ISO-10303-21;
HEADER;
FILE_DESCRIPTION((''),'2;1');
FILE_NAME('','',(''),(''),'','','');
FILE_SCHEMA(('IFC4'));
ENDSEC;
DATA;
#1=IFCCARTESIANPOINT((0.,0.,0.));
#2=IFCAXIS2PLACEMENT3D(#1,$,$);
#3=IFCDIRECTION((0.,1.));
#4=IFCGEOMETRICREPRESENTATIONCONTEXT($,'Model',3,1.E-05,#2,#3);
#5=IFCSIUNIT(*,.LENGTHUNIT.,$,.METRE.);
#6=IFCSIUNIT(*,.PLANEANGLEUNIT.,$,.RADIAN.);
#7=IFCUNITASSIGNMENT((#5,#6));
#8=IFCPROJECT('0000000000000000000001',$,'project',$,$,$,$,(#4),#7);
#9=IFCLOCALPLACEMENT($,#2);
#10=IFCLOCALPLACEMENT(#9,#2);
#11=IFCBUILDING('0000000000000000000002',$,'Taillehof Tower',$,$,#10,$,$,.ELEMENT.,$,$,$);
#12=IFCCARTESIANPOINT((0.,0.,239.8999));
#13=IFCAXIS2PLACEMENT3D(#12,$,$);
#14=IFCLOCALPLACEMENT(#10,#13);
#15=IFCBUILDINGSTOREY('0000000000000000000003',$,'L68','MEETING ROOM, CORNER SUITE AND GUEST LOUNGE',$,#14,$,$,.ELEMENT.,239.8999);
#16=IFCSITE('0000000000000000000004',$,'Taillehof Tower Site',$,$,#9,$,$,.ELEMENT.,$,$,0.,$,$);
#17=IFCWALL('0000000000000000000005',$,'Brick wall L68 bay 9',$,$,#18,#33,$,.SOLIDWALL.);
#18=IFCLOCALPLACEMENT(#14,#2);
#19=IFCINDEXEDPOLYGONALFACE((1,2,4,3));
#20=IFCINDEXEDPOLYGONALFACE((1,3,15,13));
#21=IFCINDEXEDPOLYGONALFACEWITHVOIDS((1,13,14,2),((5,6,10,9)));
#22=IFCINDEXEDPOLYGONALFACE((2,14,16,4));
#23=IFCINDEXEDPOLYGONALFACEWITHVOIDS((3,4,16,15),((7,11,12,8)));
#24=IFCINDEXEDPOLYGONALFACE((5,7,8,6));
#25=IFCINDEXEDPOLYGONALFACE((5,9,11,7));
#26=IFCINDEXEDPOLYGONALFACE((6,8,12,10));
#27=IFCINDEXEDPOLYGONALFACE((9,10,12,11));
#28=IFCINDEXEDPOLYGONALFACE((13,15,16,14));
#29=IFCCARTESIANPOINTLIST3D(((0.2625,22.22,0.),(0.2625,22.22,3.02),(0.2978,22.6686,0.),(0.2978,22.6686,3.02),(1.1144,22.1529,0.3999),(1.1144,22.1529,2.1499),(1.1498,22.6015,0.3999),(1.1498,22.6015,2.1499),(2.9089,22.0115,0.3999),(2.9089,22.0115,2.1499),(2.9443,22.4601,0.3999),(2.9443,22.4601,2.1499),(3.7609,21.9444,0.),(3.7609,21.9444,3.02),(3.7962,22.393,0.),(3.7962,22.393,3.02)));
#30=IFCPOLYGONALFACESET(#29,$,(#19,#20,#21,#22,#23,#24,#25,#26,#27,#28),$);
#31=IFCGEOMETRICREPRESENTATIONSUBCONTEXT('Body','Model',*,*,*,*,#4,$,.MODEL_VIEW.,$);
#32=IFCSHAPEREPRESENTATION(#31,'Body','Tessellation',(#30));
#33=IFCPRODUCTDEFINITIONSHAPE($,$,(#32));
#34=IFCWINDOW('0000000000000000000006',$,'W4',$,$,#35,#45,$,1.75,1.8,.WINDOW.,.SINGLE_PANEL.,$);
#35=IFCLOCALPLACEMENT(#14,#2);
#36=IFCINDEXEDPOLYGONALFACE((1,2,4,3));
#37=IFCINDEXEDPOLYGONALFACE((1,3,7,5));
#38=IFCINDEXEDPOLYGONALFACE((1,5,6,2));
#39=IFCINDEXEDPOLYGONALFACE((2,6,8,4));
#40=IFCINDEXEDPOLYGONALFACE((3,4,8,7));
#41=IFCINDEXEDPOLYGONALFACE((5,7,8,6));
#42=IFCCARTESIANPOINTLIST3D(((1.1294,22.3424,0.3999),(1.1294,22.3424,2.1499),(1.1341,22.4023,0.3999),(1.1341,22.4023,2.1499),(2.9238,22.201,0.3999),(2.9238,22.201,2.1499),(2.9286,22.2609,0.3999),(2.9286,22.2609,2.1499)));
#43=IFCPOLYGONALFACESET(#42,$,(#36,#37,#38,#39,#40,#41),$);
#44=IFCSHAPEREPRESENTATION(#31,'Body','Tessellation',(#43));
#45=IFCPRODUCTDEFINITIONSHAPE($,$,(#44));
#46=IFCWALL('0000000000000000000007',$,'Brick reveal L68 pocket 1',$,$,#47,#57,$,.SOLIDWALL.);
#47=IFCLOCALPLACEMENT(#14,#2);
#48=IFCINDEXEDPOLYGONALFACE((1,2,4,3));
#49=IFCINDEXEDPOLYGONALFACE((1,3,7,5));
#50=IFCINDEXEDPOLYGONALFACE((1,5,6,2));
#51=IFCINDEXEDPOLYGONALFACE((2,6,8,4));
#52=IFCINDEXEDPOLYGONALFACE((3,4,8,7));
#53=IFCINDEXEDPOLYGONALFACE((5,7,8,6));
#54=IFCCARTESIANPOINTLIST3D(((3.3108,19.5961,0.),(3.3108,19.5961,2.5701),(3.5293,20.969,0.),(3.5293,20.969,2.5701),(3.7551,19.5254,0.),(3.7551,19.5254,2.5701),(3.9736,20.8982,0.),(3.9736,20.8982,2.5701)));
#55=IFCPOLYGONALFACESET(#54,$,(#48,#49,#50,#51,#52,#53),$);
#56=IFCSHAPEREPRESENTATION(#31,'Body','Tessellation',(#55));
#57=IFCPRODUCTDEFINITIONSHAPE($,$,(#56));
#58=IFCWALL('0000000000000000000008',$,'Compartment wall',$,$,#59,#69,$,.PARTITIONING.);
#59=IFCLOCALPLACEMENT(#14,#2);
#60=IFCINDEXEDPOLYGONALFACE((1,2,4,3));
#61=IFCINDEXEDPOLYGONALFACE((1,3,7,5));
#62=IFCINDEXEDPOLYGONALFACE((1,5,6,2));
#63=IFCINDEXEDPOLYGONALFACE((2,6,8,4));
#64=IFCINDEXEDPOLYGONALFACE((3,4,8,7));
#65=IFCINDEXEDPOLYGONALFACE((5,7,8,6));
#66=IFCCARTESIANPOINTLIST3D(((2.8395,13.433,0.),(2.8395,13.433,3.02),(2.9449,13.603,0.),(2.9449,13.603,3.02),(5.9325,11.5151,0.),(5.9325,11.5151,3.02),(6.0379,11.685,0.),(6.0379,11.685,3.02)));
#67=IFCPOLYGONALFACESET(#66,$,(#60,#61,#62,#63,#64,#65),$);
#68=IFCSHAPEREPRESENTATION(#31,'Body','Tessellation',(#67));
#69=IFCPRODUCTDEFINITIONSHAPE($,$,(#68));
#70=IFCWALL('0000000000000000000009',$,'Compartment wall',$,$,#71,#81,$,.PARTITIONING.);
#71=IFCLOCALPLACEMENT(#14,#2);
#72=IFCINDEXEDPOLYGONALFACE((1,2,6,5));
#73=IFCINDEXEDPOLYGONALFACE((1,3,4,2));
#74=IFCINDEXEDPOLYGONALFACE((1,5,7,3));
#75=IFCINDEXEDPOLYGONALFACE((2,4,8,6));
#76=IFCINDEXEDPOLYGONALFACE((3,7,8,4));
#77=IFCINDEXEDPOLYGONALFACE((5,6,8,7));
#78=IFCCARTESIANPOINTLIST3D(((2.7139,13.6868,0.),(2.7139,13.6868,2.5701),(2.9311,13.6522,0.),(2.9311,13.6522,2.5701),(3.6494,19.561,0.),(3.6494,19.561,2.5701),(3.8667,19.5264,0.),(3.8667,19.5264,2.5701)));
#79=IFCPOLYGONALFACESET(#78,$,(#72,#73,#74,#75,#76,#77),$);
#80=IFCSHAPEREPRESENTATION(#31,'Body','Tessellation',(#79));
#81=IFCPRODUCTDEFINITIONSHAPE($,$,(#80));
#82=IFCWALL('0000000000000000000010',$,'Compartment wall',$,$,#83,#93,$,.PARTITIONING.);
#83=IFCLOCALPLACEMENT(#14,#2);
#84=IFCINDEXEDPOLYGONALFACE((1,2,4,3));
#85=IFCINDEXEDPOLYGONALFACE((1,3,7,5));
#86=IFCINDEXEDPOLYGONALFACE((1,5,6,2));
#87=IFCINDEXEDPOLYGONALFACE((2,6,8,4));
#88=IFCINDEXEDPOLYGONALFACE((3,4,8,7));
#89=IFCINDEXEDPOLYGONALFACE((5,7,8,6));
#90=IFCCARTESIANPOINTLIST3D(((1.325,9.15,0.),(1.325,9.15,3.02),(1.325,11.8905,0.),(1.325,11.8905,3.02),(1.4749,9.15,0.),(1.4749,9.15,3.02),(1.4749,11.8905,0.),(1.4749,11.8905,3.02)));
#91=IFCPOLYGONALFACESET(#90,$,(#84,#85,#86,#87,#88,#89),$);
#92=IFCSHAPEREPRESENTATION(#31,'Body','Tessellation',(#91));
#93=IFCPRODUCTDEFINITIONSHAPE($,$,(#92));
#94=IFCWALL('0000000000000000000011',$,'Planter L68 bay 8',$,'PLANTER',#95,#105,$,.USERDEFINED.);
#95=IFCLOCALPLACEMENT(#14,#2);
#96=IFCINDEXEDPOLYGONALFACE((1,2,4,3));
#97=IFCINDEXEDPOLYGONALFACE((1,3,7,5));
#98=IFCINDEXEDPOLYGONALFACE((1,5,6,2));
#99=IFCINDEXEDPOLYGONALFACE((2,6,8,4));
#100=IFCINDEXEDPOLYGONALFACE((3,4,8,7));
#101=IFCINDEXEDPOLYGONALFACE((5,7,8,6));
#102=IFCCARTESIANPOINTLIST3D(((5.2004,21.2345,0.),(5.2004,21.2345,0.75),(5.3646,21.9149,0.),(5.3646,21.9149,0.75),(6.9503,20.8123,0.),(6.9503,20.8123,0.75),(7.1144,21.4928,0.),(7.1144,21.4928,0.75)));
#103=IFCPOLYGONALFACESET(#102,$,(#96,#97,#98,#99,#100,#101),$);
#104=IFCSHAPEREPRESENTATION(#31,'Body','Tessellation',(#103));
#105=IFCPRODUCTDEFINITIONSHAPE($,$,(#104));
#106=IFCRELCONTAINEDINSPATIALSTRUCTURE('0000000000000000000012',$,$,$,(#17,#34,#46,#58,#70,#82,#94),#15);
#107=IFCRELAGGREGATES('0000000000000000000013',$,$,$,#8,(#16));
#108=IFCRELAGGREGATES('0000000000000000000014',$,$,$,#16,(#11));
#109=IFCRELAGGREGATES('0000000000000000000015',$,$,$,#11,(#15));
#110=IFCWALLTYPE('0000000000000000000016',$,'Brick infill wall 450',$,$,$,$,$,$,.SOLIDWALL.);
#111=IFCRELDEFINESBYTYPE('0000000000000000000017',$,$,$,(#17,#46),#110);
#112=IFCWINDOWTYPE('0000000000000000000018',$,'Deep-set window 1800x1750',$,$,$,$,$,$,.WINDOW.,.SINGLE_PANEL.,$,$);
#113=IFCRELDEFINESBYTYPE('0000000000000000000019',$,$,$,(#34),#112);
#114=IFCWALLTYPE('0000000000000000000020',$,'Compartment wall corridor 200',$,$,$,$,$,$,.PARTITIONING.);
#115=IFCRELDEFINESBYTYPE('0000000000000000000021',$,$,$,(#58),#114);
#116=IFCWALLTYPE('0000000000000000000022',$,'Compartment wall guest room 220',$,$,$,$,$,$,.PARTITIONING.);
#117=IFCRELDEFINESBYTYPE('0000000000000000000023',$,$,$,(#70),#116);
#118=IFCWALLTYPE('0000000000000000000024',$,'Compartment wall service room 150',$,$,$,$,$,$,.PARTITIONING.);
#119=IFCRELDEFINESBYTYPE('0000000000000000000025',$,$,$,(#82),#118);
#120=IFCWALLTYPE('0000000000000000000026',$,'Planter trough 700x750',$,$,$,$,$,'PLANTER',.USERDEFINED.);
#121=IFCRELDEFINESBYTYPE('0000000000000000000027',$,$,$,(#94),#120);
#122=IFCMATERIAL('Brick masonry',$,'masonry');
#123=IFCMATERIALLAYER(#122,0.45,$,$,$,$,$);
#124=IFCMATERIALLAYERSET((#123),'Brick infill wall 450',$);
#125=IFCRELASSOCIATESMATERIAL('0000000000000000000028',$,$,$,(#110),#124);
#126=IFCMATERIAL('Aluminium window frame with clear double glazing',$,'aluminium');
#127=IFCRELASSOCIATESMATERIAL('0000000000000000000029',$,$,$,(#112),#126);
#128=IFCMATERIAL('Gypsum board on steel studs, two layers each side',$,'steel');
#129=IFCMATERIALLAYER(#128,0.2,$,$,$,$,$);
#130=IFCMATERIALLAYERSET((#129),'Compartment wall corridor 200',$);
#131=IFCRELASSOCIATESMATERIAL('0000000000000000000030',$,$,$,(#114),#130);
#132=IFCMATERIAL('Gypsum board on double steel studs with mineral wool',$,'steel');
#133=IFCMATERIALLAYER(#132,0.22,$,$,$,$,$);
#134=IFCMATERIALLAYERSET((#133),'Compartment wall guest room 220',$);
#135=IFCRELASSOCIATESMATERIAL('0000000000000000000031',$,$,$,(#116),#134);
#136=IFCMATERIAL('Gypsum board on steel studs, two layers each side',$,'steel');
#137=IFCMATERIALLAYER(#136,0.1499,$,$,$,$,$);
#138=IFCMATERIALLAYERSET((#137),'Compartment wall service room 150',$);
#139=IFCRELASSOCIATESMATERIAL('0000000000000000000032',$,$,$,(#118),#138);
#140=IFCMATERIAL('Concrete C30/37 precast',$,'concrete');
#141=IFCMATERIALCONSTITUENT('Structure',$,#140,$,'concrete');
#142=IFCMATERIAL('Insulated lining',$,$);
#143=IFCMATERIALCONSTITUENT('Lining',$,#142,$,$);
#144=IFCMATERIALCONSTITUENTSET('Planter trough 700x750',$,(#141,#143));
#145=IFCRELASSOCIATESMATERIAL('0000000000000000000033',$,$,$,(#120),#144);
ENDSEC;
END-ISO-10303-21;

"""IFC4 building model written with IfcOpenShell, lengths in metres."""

from ifc_helpers import new_model, si_unit, direction, frame, frame_2d, origin, place, context, subcontext, project, spatial, rectangle, extrude, material, layer, layer_set, constituent, constituent_set, type_object, element, fill, save


model = new_model("IFC4")

# Units and contexts
model_context = context("Model", 3, precision=1e-05, world=origin(), true_north=direction((0.0, 1.0)))
body_context = subcontext(model_context, "Body", "Model", "MODEL_VIEW")
ifc_project = project(units=[si_unit("LENGTHUNIT", "METRE"), si_unit("PLANEANGLEUNIT", "RADIAN")], contexts=[model_context])

# Site, building, storey
site_placement = place(None, origin())
site = spatial("IfcSite", under=ifc_project, at=site_placement, Name="Taillehof Tower Site", CompositionType="ELEMENT", RefElevation=0.0)
building_placement = place(site_placement, origin())
building = spatial("IfcBuilding", under=site, at=building_placement, Name="Taillehof Tower", CompositionType="ELEMENT")
storey_placement = place(building_placement, frame((0.0, 0.0, 239.8999)))
storey = spatial("IfcBuildingStorey", under=building, at=storey_placement, Name="L68", Description="MEETING ROOM, CORNER SUITE AND GUEST LOUNGE", CompositionType="ELEMENT", Elevation=239.8999)

# Wall, opening, window
ifc_material_1 = material(Name="Brick masonry", Category="masonry")
ifc_layer_1 = layer(ifc_material_1, 0.45)
ifc_layer_set_1 = layer_set([ifc_layer_1], Name="Brick infill wall 450")
wall_type_1 = type_object("IfcWallType", Name="Brick infill wall 450", PredefinedType="SOLIDWALL", material=ifc_layer_set_1)
wall_1_placement = place(storey_placement, frame((3.7786, 22.1687, 0.0), z_axis=(0.0, 0.0, 1.0), x_axis=(-0.996911, 0.078542, 0.0)))
wall_1 = element("IfcWall", 1, at=wall_1_placement, inside=storey, type_object=wall_type_1, Name="Brick wall L68 bay 9", PredefinedType="SOLIDWALL", context=body_context, shape_type="SweptSolid", body=[
    extrude(rectangle(XDim=3.5093, YDim=0.45, at=frame_2d((1.7546, 0.0))), origin(), (0.0, 0.0, 1.0), 3.02),
])
opening_1_placement = place(wall_1_placement, frame((0.8547, 0.0, 0.3999)))
opening_1 = element("IfcOpeningElement", 2, at=opening_1_placement, cuts=wall_1, PredefinedType="OPENING", context=body_context, shape_type="SweptSolid", body=[
    extrude(rectangle(XDim=1.8, YDim=1.75, at=frame_2d((0.8999, 0.875))), frame((0.0, 0.2349, 0.0), z_axis=(0.0, -1.0, 0.0), x_axis=(1.0, 0.0, 0.0)), (0.0, 0.0, 1.0), 0.47),
])
ifc_material_2 = material(Name="Aluminium window frame with clear double glazing", Category="aluminium")
window_type_1 = type_object("IfcWindowType", Name="Deep-set window 1800x1750", PartitioningType="SINGLE_PANEL", PredefinedType="WINDOW", material=ifc_material_2)
window_1_placement = place(opening_1_placement, origin())
window_1 = element("IfcWindow", 3, at=window_1_placement, inside=storey, type_object=window_type_1, Name="W4", OverallHeight=1.75, OverallWidth=1.8, PartitioningType="SINGLE_PANEL", PredefinedType="WINDOW", context=body_context, shape_type="SweptSolid", body=[
    extrude(rectangle(XDim=1.8, YDim=1.75, at=frame_2d((0.8999, 0.875))), frame((0.0, 0.0349, 0.0), z_axis=(0.0, -1.0, 0.0), x_axis=(1.0, 0.0, 0.0)), (0.0, 0.0, 1.0), 0.0601),
])
fill(opening_1, window_1)

# Wall
wall_2_placement = place(storey_placement, frame((3.7515, 20.9336, 0.0), z_axis=(0.0, 0.0, 1.0), x_axis=(-0.157189, -0.987569, 0.0)))
element("IfcWall", 4, at=wall_2_placement, inside=storey, type_object=wall_type_1, Name="Brick reveal L68 pocket 1", PredefinedType="SOLIDWALL", context=body_context, shape_type="SweptSolid", body=[
    extrude(rectangle(XDim=1.3901, YDim=0.45, at=frame_2d((0.6951, 0.0))), origin(), (0.0, 0.0, 1.0), 2.5701),
])

# Walls
ifc_material_3 = material(Name="Gypsum board on steel studs, two layers each side", Category="steel")
ifc_layer_2 = layer(ifc_material_3, 0.2)
ifc_layer_set_2 = layer_set([ifc_layer_2], Name="Compartment wall corridor 200")
wall_type_2 = type_object("IfcWallType", Name="Compartment wall corridor 200", PredefinedType="PARTITIONING", material=ifc_layer_set_2)
wall_3_placement = place(storey_placement, frame((2.8921, 13.5181, 0.0), z_axis=(0.0, 0.0, 1.0), x_axis=(0.849866, -0.526999, 0.0)))
element("IfcWall", 5, at=wall_3_placement, inside=storey, type_object=wall_type_2, Name="Compartment wall", PredefinedType="PARTITIONING", context=body_context, shape_type="SweptSolid", body=[
    extrude(rectangle(XDim=3.6394, YDim=0.2, at=frame_2d((1.8198, 0.0))), origin(), (0.0, 0.0, 1.0), 3.02),
])
ifc_material_4 = material(Name="Gypsum board on double steel studs with mineral wool", Category="steel")
ifc_layer_3 = layer(ifc_material_4, 0.22)
ifc_layer_set_3 = layer_set([ifc_layer_3], Name="Compartment wall guest room 220")
wall_type_3 = type_object("IfcWallType", Name="Compartment wall guest room 220", PredefinedType="PARTITIONING", material=ifc_layer_set_3)
wall_4_placement = place(storey_placement, frame((3.7581, 19.5437, 0.0), z_axis=(0.0, 0.0, 1.0), x_axis=(-0.15728, -0.987554, 0.0)))
element("IfcWall", 6, at=wall_4_placement, inside=storey, type_object=wall_type_3, Name="Compartment wall", PredefinedType="PARTITIONING", context=body_context, shape_type="SweptSolid", body=[
    extrude(rectangle(XDim=5.9482, YDim=0.22, at=frame_2d((2.9741, 0.0))), origin(), (0.0, 0.0, 1.0), 2.5701),
])
ifc_material_5 = material(Name="Gypsum board on steel studs, two layers each side", Category="steel")
ifc_layer_4 = layer(ifc_material_5, 0.1499)
ifc_layer_set_4 = layer_set([ifc_layer_4], Name="Compartment wall service room 150")
wall_type_4 = type_object("IfcWallType", Name="Compartment wall service room 150", PredefinedType="PARTITIONING", material=ifc_layer_set_4)
wall_5_placement = place(storey_placement, frame((1.3999, 11.8904, 0.0), z_axis=(0.0, 0.0, 1.0), x_axis=(0.0, -1.0, 0.0)))
element("IfcWall", 7, at=wall_5_placement, inside=storey, type_object=wall_type_4, Name="Compartment wall", PredefinedType="PARTITIONING", context=body_context, shape_type="SweptSolid", body=[
    extrude(rectangle(XDim=2.7405, YDim=0.1499, at=frame_2d((1.3701, 0.0))), origin(), (0.0, 0.0, 1.0), 3.02),
])
ifc_material_6 = material(Name="Concrete C30/37 precast", Category="concrete")
ifc_constituent_1 = constituent(ifc_material_6, Name="Structure", Category="concrete")
ifc_material_7 = material(Name="Insulated lining")
ifc_constituent_2 = constituent(ifc_material_7, Name="Lining")
ifc_constituent_set = constituent_set(constituents=[ifc_constituent_1, ifc_constituent_2], Name="Planter trough 700x750")
wall_type_5 = type_object("IfcWallType", Name="Planter trough 700x750", ElementType="PLANTER", PredefinedType="USERDEFINED", material=ifc_constituent_set)
wall_6_placement = place(storey_placement, frame((7.0322, 21.1526, 0.0), z_axis=(0.0, 0.0, 1.0), x_axis=(-0.972112, 0.234517, 0.0)))
element("IfcWall", 8, at=wall_6_placement, inside=storey, type_object=wall_type_5, Name="Planter L68 bay 8", ObjectType="PLANTER", PredefinedType="USERDEFINED", context=body_context, shape_type="SweptSolid", body=[
    extrude(rectangle(XDim=1.8, YDim=0.7, at=frame_2d((0.8999, 0.0))), origin(), (0.0, 0.0, 1.0), 0.75),
])

save(model, "model.ifc")
